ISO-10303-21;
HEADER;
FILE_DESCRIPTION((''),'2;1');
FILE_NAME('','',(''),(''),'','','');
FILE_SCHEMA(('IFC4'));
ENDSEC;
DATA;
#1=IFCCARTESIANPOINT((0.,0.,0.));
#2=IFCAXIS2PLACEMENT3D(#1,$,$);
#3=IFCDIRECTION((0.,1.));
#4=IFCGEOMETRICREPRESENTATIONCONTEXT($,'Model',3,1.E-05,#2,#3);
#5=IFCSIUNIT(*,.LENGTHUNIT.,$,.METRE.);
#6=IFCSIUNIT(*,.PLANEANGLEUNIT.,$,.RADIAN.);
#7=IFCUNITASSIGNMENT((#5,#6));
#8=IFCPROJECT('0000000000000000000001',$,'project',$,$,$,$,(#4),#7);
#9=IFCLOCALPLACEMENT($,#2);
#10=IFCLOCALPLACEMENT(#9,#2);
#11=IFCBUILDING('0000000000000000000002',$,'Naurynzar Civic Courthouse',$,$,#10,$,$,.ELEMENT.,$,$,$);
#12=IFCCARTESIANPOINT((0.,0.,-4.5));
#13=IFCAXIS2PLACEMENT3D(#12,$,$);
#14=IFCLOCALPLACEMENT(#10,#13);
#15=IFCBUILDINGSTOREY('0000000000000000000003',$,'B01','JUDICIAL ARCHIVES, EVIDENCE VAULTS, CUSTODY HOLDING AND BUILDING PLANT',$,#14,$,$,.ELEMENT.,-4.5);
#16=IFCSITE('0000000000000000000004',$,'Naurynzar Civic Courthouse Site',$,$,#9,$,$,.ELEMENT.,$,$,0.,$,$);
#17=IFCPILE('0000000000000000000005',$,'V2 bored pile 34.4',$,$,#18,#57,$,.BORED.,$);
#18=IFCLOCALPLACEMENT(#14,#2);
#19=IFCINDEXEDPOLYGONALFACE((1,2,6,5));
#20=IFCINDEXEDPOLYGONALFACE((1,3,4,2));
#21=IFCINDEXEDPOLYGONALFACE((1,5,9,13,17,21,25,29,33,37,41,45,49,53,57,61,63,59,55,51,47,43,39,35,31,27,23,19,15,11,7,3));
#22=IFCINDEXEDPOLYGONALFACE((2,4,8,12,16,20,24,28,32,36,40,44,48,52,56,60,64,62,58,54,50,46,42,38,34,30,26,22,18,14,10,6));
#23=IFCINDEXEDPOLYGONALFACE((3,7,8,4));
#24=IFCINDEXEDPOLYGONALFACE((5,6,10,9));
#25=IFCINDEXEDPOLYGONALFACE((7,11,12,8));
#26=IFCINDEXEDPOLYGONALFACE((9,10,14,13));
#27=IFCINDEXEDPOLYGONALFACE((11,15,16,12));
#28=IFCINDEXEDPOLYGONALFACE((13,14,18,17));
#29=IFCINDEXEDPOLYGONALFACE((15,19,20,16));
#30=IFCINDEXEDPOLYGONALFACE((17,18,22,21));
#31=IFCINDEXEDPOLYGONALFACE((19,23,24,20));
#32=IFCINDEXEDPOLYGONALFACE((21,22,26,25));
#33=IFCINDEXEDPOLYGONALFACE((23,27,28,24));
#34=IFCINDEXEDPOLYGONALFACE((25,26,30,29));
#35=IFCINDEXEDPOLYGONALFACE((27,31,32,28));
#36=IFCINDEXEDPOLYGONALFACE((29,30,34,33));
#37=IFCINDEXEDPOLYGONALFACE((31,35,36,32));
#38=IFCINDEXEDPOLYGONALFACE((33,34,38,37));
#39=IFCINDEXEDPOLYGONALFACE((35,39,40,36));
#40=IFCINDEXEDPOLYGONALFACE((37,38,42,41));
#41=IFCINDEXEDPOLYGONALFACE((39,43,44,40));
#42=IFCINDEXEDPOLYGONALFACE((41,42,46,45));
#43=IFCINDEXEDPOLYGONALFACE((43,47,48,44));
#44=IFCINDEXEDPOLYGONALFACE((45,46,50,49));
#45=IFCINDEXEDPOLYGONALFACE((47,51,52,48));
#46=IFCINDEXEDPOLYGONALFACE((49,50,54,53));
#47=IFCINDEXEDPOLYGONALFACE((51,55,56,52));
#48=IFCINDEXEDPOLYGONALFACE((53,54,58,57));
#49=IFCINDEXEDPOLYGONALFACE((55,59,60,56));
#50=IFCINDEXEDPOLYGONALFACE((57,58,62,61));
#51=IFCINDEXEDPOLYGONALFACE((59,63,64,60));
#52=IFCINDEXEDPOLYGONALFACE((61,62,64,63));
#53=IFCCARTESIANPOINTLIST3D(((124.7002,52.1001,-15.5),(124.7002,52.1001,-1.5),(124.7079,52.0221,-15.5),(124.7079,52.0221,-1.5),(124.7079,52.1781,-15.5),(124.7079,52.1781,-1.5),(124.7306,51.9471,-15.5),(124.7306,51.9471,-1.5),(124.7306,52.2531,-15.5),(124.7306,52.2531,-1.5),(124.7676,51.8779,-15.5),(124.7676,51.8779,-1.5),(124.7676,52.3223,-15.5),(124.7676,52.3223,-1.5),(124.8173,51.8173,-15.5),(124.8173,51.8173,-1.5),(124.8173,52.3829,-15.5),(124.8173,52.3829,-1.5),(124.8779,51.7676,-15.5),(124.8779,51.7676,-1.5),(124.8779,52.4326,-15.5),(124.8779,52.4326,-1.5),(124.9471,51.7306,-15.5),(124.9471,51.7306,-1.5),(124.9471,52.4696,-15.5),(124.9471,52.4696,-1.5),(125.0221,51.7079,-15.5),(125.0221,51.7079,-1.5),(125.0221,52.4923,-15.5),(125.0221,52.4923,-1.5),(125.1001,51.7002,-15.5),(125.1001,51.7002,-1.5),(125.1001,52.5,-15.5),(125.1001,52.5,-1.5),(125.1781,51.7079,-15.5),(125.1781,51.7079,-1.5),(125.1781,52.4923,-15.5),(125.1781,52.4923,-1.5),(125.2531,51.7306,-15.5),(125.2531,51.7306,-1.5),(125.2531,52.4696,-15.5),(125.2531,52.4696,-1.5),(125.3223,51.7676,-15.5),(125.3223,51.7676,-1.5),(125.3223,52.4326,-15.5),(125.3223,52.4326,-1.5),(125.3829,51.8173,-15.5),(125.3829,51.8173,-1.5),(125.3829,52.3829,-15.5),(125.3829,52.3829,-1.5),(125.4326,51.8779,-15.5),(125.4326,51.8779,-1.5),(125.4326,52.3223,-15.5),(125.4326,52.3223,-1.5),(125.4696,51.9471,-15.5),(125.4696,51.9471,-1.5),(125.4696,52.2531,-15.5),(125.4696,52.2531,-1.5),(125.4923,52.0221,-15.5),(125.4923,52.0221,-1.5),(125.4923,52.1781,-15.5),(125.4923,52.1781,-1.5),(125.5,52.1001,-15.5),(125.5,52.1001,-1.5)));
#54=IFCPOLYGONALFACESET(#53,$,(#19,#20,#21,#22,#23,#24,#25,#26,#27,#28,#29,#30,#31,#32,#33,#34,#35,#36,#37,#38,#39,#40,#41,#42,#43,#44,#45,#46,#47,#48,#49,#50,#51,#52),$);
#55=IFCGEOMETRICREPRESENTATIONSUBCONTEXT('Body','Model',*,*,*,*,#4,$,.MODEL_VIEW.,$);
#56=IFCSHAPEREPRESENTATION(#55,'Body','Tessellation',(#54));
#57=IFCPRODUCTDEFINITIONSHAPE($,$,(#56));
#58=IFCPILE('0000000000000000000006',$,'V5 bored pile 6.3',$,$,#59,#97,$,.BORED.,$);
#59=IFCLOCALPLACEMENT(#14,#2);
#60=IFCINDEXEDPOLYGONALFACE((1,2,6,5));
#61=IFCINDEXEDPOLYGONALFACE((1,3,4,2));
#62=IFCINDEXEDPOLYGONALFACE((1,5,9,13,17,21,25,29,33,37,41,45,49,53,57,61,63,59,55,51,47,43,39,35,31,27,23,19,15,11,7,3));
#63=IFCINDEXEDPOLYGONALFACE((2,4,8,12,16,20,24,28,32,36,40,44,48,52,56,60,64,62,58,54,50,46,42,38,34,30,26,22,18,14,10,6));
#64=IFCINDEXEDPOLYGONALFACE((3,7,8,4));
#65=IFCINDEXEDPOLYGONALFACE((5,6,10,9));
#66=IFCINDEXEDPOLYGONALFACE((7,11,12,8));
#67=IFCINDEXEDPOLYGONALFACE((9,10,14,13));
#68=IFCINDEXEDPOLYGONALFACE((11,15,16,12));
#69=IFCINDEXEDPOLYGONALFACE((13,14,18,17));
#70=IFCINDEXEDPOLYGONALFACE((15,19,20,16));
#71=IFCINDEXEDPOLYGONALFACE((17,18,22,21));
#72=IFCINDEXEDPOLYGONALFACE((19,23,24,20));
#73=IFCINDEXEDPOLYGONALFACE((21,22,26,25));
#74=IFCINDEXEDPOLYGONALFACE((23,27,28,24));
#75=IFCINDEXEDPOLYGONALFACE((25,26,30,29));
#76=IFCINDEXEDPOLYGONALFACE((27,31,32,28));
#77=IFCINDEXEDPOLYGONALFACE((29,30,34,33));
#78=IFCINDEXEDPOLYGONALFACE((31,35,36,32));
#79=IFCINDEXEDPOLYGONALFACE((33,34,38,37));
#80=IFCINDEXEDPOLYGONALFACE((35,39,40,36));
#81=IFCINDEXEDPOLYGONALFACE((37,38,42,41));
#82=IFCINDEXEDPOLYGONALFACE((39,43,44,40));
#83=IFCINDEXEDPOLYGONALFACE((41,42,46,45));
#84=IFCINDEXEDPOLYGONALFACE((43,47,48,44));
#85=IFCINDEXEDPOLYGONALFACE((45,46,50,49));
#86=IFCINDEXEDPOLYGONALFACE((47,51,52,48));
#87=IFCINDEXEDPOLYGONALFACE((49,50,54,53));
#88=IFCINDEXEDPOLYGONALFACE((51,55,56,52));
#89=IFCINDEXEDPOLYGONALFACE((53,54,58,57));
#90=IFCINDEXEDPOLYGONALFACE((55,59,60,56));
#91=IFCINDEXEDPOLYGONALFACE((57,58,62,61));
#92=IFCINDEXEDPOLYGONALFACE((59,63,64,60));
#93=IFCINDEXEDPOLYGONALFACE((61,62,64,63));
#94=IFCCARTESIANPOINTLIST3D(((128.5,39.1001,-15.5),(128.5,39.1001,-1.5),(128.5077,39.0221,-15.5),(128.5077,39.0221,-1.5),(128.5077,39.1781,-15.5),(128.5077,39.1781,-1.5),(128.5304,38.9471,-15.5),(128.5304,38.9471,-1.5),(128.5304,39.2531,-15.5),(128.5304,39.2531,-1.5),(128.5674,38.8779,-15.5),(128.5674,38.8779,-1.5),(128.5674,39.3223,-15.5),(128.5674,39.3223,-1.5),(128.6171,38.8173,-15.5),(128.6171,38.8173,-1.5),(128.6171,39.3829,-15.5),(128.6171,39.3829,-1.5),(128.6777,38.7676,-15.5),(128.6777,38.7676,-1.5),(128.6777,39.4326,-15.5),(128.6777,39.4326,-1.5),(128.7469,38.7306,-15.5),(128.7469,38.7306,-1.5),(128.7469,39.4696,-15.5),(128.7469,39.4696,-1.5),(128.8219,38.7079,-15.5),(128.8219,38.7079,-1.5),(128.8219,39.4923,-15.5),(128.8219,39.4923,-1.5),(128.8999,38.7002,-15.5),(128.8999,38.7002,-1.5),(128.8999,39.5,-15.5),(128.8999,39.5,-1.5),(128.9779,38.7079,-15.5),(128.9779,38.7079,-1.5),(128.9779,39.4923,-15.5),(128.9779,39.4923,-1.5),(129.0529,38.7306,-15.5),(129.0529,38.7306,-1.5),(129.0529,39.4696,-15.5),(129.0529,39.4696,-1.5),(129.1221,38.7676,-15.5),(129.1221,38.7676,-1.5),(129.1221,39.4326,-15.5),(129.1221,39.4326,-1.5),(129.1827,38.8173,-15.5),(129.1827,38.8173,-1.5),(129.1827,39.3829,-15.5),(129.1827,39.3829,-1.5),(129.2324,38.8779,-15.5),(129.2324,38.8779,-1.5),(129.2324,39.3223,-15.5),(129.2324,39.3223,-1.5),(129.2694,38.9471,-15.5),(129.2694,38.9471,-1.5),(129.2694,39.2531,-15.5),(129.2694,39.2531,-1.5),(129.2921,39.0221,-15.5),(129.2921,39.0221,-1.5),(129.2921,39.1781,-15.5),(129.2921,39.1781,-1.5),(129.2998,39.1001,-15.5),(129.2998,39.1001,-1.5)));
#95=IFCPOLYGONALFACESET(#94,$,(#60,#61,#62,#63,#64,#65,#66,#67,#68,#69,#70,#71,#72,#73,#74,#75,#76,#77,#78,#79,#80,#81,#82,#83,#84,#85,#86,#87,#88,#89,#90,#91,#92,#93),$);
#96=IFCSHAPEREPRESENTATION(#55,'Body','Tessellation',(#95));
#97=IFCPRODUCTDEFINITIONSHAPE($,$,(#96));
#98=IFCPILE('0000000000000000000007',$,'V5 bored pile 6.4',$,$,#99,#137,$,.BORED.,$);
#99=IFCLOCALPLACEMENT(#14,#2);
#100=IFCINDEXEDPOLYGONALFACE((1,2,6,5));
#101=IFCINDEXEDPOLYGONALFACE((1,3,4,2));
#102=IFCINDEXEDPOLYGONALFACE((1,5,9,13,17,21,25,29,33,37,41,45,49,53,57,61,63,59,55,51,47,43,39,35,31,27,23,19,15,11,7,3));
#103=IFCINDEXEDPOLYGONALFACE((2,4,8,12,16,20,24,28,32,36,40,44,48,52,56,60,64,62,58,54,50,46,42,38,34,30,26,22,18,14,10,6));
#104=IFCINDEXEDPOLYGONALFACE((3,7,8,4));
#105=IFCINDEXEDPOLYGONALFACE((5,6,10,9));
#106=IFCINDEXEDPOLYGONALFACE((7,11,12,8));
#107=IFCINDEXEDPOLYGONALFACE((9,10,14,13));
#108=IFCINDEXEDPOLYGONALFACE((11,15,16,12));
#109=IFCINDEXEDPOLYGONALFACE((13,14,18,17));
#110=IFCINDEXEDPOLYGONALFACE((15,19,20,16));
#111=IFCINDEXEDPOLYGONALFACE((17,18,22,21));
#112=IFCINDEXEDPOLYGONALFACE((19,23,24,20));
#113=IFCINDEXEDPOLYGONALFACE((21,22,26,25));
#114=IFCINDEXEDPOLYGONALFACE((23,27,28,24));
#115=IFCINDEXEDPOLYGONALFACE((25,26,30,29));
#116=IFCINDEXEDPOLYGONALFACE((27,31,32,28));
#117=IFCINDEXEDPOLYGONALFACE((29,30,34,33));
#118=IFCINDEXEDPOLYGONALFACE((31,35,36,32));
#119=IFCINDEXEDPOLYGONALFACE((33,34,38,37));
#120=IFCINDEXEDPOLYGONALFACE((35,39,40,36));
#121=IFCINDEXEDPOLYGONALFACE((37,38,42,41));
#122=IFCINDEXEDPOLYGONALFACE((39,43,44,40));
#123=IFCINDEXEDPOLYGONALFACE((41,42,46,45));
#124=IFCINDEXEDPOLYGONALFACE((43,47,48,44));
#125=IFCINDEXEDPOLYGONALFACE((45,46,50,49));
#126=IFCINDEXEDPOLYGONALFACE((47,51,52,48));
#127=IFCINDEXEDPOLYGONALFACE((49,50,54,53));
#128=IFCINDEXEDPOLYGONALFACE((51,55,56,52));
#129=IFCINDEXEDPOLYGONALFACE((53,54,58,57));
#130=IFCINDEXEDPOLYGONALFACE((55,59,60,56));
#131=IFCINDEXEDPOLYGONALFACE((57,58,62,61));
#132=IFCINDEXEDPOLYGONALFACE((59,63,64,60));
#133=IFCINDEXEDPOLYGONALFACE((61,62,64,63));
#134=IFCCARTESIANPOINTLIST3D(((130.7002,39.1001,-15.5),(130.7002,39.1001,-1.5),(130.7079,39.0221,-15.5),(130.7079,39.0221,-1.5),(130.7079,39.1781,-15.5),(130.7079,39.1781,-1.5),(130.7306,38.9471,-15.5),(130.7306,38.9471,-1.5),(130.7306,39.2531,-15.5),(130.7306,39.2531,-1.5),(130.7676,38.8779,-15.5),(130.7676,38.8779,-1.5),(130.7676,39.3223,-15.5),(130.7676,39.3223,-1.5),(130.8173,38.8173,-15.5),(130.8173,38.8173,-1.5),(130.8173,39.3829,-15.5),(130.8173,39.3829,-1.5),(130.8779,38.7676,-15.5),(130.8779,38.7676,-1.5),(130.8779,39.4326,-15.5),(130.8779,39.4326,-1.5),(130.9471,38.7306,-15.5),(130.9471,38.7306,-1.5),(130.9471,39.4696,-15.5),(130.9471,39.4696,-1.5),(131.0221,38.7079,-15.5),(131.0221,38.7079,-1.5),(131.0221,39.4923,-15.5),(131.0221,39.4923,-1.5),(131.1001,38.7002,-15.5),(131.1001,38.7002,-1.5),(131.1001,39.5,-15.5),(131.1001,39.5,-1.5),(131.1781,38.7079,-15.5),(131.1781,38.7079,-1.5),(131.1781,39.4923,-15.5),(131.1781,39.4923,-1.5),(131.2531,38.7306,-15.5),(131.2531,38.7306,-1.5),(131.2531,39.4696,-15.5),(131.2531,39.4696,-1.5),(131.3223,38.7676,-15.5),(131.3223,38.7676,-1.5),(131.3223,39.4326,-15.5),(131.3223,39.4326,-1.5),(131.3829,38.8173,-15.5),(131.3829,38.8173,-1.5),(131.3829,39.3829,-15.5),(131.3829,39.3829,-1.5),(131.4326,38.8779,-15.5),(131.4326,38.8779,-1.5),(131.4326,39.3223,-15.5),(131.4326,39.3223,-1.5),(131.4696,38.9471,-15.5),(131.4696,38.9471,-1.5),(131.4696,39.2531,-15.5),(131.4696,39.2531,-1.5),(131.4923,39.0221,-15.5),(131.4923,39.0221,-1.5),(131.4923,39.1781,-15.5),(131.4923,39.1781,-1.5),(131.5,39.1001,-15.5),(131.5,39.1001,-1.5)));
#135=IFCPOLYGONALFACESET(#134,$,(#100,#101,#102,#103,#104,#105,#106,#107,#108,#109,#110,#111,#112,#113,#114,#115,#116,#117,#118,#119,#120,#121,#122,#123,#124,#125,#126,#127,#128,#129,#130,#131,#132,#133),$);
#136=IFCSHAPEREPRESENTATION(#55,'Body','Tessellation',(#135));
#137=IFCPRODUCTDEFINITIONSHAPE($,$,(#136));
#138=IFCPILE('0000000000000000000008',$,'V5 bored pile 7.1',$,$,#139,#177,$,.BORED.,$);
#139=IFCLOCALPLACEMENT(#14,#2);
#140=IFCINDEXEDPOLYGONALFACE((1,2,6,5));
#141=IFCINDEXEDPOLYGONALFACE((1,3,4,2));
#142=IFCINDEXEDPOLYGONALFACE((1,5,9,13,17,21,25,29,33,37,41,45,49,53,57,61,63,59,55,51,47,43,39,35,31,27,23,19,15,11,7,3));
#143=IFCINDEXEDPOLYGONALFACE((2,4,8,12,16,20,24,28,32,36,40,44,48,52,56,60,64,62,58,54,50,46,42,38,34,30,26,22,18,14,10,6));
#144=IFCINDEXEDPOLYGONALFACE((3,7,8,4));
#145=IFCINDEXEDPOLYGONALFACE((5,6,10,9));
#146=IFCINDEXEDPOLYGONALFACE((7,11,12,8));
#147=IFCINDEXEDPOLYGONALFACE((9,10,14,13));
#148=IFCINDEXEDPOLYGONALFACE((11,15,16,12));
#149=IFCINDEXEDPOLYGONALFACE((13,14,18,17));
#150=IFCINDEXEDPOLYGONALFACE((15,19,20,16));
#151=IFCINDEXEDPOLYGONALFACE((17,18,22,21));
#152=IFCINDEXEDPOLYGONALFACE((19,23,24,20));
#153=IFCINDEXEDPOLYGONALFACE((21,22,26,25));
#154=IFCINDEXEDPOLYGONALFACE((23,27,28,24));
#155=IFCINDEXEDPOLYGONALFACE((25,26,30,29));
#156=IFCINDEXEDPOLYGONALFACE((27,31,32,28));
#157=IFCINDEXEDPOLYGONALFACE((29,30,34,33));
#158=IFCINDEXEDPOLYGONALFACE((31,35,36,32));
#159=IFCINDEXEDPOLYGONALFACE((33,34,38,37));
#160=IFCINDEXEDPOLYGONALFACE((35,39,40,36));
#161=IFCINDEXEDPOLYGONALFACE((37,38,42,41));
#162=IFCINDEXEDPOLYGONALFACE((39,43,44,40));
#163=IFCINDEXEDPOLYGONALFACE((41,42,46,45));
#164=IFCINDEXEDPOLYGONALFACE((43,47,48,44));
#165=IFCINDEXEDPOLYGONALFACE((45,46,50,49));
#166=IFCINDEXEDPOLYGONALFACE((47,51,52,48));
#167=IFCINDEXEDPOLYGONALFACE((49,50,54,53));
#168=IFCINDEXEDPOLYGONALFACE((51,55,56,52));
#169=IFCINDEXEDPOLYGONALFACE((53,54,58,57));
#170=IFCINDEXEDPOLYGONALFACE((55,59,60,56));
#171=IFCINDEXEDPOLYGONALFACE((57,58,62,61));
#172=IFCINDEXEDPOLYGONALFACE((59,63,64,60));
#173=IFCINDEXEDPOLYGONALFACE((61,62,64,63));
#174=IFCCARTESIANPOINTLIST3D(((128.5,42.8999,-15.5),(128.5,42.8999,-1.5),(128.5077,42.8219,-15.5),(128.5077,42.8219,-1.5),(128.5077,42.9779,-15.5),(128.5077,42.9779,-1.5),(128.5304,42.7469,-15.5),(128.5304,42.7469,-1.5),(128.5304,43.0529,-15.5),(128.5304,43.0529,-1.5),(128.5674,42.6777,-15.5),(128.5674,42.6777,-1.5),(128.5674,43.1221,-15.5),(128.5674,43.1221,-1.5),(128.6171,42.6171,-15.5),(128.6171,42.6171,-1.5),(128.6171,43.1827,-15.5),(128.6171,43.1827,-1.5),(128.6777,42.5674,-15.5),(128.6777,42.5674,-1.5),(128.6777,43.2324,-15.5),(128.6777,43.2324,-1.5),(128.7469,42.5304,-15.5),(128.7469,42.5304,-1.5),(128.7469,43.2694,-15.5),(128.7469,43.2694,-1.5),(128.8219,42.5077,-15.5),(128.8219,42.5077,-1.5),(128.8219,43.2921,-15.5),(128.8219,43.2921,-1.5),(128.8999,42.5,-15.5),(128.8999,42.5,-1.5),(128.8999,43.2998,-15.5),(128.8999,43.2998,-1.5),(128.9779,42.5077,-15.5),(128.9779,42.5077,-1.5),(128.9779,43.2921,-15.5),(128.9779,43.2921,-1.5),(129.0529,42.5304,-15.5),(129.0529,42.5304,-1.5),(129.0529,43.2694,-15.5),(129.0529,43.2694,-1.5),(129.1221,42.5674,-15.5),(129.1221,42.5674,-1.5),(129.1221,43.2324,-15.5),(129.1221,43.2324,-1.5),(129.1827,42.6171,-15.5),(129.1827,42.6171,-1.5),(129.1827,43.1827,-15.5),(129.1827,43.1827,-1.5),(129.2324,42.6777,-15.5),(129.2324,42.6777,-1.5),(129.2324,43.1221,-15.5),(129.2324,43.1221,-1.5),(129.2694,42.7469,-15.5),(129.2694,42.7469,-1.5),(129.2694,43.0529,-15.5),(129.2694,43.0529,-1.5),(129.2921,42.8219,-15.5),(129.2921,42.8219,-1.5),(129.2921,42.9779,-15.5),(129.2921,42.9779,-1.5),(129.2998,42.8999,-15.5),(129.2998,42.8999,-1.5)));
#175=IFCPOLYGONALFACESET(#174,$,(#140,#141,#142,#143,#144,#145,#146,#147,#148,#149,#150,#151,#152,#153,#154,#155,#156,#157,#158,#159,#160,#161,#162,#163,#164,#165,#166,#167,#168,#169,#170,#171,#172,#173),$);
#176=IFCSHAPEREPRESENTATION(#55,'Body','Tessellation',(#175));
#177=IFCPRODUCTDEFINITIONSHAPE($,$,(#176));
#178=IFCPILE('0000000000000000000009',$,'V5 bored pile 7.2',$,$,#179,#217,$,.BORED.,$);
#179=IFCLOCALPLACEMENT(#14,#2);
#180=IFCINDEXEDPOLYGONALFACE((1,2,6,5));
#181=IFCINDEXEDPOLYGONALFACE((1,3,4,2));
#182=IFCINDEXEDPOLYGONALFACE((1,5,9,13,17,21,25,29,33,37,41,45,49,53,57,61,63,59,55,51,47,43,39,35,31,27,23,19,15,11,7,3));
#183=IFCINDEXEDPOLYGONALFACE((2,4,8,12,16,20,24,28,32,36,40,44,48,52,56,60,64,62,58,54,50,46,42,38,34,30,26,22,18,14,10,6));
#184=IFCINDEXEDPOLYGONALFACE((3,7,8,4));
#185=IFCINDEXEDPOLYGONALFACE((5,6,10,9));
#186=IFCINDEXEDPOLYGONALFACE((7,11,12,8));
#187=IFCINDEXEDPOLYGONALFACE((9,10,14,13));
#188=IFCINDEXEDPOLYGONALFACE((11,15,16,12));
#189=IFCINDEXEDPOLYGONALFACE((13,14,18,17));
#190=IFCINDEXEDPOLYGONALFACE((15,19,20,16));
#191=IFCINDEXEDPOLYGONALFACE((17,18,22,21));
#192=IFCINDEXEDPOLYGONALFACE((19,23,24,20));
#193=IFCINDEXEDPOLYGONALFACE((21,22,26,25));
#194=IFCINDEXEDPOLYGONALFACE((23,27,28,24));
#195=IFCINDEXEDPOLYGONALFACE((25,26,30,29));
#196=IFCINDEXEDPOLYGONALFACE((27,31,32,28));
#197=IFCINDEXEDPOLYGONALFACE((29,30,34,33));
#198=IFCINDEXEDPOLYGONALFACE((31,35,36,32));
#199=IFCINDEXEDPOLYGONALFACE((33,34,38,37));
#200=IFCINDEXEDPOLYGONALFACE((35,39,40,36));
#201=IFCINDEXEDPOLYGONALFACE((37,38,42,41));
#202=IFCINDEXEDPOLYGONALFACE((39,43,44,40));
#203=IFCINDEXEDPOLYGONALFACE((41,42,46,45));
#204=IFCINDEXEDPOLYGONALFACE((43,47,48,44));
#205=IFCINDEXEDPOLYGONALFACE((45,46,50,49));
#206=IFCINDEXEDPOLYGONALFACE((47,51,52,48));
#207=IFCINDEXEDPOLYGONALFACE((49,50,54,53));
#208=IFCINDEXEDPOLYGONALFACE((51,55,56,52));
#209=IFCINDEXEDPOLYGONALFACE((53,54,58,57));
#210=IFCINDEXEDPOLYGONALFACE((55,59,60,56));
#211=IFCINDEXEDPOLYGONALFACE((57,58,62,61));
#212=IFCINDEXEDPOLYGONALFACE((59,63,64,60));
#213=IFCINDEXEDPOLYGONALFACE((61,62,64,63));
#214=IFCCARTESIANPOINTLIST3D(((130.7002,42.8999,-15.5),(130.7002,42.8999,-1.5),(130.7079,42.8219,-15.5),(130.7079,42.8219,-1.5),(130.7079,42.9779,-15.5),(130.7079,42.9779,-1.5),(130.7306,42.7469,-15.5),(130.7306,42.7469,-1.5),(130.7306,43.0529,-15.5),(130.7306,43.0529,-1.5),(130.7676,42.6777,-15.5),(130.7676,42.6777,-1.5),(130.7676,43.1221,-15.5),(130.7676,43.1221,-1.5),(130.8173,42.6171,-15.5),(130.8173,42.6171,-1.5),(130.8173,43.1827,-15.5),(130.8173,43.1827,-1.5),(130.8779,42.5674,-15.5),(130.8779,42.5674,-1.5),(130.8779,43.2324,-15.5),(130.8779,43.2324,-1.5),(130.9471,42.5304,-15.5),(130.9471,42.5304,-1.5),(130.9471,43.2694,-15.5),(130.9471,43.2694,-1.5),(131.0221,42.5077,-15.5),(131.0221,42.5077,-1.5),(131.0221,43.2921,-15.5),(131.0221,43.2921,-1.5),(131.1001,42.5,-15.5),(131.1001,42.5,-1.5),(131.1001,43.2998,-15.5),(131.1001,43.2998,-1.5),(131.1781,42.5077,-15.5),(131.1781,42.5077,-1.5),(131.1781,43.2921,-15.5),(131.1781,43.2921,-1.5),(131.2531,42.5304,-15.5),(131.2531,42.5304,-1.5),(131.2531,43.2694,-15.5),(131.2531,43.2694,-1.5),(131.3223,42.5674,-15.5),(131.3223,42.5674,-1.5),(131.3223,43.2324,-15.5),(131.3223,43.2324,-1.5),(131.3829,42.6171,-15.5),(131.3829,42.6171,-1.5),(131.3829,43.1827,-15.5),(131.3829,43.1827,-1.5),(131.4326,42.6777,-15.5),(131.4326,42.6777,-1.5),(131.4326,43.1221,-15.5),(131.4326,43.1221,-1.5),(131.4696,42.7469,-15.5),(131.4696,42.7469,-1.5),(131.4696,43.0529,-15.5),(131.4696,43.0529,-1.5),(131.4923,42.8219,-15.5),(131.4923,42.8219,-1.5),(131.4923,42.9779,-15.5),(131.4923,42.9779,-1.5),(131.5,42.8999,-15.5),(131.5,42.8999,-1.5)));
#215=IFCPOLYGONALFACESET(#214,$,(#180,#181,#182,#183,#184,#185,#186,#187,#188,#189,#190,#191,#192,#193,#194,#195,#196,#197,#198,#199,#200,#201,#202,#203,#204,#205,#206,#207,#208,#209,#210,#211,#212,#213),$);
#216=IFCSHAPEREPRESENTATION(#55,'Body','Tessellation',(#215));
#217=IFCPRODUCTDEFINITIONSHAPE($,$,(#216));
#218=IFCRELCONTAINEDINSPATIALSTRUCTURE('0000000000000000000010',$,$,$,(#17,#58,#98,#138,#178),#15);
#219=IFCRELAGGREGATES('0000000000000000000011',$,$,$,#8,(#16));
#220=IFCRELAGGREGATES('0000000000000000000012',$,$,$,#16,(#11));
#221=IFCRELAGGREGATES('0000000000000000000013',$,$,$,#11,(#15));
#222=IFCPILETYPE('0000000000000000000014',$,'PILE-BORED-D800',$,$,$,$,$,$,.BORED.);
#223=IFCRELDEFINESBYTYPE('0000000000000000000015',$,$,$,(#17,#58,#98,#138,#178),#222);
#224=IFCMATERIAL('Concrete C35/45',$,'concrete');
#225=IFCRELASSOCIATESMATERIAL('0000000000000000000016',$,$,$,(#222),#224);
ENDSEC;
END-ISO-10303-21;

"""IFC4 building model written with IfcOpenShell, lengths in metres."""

from ifc_helpers import new_model, si_unit, direction, frame, origin, origin_2d, place, context, subcontext, project, spatial, circle, extrude, material, material_profile, profile_set, type_object, element, save


model = new_model("IFC4")

# Units and contexts
model_context = context("Model", 3, precision=1e-05, world=origin(), true_north=direction((0.0, 1.0)))
body_context = subcontext(model_context, "Body", "Model", "MODEL_VIEW")
ifc_project = project(units=[si_unit("LENGTHUNIT", "METRE"), si_unit("PLANEANGLEUNIT", "RADIAN")], contexts=[model_context])

# Site, building, storey
site_placement = place(None, origin())
site = spatial("IfcSite", under=ifc_project, at=site_placement, Name="Naurynzar Civic Courthouse Site", CompositionType="ELEMENT", RefElevation=0.0)
building_placement = place(site_placement, origin())
building = spatial("IfcBuilding", under=site, at=building_placement, Name="Naurynzar Civic Courthouse", CompositionType="ELEMENT")
storey_placement = place(building_placement, frame((0.0, 0.0, -4.5)))
storey = spatial("IfcBuildingStorey", under=building, at=storey_placement, Name="B01", Description="JUDICIAL ARCHIVES, EVIDENCE VAULTS, CUSTODY HOLDING AND BUILDING PLANT", CompositionType="ELEMENT", Elevation=-4.5)

# Piles
ifc_material_1 = material(Name="Concrete C35/45", Category="concrete")
ifc_material_profile_1 = material_profile(ifc_material_1, circle(Radius=0.3999, at=origin_2d()), Name="PILE D800")
ifc_profile_set_1 = profile_set([ifc_material_profile_1], Name="Concrete C35/45")
pile_type = type_object("IfcPileType", Name="PILE-BORED-D800", PredefinedType="BORED", material=ifc_profile_set_1)
for number, where, z_axis, x_axis, name in (
    (1, (125.1001, 52.1001, -1.5), (0.0, 0.0, -1.0), (1.0, 0.0, 0.0), "V2 bored pile 34.4"),
    (2, (128.8999, 39.1001, -1.5), (0.0, 0.0, -1.0), (1.0, 0.0, 0.0), "V5 bored pile 6.3"),
    (3, (131.1001, 39.1001, -1.5), (0.0, 0.0, -1.0), (1.0, 0.0, 0.0), "V5 bored pile 6.4"),
    (4, (128.8999, 42.8999, -1.5), (0.0, 0.0, -1.0), (1.0, 0.0, 0.0), "V5 bored pile 7.1"),
    (5, (131.1001, 42.8999, -1.5), (0.0, 0.0, -1.0), (1.0, 0.0, 0.0), "V5 bored pile 7.2"),
):
    element("IfcPile", number, at=place(storey_placement, frame(where, z_axis=z_axis, x_axis=x_axis)), inside=storey, type_object=pile_type, Name=name, PredefinedType="BORED", context=body_context, shape_type="SweptSolid", body=[
        extrude(circle(Radius=0.3999, at=origin_2d()), origin(), (0.0, 0.0, 1.0), 14.0),
    ])

save(model, "model.ifc")
